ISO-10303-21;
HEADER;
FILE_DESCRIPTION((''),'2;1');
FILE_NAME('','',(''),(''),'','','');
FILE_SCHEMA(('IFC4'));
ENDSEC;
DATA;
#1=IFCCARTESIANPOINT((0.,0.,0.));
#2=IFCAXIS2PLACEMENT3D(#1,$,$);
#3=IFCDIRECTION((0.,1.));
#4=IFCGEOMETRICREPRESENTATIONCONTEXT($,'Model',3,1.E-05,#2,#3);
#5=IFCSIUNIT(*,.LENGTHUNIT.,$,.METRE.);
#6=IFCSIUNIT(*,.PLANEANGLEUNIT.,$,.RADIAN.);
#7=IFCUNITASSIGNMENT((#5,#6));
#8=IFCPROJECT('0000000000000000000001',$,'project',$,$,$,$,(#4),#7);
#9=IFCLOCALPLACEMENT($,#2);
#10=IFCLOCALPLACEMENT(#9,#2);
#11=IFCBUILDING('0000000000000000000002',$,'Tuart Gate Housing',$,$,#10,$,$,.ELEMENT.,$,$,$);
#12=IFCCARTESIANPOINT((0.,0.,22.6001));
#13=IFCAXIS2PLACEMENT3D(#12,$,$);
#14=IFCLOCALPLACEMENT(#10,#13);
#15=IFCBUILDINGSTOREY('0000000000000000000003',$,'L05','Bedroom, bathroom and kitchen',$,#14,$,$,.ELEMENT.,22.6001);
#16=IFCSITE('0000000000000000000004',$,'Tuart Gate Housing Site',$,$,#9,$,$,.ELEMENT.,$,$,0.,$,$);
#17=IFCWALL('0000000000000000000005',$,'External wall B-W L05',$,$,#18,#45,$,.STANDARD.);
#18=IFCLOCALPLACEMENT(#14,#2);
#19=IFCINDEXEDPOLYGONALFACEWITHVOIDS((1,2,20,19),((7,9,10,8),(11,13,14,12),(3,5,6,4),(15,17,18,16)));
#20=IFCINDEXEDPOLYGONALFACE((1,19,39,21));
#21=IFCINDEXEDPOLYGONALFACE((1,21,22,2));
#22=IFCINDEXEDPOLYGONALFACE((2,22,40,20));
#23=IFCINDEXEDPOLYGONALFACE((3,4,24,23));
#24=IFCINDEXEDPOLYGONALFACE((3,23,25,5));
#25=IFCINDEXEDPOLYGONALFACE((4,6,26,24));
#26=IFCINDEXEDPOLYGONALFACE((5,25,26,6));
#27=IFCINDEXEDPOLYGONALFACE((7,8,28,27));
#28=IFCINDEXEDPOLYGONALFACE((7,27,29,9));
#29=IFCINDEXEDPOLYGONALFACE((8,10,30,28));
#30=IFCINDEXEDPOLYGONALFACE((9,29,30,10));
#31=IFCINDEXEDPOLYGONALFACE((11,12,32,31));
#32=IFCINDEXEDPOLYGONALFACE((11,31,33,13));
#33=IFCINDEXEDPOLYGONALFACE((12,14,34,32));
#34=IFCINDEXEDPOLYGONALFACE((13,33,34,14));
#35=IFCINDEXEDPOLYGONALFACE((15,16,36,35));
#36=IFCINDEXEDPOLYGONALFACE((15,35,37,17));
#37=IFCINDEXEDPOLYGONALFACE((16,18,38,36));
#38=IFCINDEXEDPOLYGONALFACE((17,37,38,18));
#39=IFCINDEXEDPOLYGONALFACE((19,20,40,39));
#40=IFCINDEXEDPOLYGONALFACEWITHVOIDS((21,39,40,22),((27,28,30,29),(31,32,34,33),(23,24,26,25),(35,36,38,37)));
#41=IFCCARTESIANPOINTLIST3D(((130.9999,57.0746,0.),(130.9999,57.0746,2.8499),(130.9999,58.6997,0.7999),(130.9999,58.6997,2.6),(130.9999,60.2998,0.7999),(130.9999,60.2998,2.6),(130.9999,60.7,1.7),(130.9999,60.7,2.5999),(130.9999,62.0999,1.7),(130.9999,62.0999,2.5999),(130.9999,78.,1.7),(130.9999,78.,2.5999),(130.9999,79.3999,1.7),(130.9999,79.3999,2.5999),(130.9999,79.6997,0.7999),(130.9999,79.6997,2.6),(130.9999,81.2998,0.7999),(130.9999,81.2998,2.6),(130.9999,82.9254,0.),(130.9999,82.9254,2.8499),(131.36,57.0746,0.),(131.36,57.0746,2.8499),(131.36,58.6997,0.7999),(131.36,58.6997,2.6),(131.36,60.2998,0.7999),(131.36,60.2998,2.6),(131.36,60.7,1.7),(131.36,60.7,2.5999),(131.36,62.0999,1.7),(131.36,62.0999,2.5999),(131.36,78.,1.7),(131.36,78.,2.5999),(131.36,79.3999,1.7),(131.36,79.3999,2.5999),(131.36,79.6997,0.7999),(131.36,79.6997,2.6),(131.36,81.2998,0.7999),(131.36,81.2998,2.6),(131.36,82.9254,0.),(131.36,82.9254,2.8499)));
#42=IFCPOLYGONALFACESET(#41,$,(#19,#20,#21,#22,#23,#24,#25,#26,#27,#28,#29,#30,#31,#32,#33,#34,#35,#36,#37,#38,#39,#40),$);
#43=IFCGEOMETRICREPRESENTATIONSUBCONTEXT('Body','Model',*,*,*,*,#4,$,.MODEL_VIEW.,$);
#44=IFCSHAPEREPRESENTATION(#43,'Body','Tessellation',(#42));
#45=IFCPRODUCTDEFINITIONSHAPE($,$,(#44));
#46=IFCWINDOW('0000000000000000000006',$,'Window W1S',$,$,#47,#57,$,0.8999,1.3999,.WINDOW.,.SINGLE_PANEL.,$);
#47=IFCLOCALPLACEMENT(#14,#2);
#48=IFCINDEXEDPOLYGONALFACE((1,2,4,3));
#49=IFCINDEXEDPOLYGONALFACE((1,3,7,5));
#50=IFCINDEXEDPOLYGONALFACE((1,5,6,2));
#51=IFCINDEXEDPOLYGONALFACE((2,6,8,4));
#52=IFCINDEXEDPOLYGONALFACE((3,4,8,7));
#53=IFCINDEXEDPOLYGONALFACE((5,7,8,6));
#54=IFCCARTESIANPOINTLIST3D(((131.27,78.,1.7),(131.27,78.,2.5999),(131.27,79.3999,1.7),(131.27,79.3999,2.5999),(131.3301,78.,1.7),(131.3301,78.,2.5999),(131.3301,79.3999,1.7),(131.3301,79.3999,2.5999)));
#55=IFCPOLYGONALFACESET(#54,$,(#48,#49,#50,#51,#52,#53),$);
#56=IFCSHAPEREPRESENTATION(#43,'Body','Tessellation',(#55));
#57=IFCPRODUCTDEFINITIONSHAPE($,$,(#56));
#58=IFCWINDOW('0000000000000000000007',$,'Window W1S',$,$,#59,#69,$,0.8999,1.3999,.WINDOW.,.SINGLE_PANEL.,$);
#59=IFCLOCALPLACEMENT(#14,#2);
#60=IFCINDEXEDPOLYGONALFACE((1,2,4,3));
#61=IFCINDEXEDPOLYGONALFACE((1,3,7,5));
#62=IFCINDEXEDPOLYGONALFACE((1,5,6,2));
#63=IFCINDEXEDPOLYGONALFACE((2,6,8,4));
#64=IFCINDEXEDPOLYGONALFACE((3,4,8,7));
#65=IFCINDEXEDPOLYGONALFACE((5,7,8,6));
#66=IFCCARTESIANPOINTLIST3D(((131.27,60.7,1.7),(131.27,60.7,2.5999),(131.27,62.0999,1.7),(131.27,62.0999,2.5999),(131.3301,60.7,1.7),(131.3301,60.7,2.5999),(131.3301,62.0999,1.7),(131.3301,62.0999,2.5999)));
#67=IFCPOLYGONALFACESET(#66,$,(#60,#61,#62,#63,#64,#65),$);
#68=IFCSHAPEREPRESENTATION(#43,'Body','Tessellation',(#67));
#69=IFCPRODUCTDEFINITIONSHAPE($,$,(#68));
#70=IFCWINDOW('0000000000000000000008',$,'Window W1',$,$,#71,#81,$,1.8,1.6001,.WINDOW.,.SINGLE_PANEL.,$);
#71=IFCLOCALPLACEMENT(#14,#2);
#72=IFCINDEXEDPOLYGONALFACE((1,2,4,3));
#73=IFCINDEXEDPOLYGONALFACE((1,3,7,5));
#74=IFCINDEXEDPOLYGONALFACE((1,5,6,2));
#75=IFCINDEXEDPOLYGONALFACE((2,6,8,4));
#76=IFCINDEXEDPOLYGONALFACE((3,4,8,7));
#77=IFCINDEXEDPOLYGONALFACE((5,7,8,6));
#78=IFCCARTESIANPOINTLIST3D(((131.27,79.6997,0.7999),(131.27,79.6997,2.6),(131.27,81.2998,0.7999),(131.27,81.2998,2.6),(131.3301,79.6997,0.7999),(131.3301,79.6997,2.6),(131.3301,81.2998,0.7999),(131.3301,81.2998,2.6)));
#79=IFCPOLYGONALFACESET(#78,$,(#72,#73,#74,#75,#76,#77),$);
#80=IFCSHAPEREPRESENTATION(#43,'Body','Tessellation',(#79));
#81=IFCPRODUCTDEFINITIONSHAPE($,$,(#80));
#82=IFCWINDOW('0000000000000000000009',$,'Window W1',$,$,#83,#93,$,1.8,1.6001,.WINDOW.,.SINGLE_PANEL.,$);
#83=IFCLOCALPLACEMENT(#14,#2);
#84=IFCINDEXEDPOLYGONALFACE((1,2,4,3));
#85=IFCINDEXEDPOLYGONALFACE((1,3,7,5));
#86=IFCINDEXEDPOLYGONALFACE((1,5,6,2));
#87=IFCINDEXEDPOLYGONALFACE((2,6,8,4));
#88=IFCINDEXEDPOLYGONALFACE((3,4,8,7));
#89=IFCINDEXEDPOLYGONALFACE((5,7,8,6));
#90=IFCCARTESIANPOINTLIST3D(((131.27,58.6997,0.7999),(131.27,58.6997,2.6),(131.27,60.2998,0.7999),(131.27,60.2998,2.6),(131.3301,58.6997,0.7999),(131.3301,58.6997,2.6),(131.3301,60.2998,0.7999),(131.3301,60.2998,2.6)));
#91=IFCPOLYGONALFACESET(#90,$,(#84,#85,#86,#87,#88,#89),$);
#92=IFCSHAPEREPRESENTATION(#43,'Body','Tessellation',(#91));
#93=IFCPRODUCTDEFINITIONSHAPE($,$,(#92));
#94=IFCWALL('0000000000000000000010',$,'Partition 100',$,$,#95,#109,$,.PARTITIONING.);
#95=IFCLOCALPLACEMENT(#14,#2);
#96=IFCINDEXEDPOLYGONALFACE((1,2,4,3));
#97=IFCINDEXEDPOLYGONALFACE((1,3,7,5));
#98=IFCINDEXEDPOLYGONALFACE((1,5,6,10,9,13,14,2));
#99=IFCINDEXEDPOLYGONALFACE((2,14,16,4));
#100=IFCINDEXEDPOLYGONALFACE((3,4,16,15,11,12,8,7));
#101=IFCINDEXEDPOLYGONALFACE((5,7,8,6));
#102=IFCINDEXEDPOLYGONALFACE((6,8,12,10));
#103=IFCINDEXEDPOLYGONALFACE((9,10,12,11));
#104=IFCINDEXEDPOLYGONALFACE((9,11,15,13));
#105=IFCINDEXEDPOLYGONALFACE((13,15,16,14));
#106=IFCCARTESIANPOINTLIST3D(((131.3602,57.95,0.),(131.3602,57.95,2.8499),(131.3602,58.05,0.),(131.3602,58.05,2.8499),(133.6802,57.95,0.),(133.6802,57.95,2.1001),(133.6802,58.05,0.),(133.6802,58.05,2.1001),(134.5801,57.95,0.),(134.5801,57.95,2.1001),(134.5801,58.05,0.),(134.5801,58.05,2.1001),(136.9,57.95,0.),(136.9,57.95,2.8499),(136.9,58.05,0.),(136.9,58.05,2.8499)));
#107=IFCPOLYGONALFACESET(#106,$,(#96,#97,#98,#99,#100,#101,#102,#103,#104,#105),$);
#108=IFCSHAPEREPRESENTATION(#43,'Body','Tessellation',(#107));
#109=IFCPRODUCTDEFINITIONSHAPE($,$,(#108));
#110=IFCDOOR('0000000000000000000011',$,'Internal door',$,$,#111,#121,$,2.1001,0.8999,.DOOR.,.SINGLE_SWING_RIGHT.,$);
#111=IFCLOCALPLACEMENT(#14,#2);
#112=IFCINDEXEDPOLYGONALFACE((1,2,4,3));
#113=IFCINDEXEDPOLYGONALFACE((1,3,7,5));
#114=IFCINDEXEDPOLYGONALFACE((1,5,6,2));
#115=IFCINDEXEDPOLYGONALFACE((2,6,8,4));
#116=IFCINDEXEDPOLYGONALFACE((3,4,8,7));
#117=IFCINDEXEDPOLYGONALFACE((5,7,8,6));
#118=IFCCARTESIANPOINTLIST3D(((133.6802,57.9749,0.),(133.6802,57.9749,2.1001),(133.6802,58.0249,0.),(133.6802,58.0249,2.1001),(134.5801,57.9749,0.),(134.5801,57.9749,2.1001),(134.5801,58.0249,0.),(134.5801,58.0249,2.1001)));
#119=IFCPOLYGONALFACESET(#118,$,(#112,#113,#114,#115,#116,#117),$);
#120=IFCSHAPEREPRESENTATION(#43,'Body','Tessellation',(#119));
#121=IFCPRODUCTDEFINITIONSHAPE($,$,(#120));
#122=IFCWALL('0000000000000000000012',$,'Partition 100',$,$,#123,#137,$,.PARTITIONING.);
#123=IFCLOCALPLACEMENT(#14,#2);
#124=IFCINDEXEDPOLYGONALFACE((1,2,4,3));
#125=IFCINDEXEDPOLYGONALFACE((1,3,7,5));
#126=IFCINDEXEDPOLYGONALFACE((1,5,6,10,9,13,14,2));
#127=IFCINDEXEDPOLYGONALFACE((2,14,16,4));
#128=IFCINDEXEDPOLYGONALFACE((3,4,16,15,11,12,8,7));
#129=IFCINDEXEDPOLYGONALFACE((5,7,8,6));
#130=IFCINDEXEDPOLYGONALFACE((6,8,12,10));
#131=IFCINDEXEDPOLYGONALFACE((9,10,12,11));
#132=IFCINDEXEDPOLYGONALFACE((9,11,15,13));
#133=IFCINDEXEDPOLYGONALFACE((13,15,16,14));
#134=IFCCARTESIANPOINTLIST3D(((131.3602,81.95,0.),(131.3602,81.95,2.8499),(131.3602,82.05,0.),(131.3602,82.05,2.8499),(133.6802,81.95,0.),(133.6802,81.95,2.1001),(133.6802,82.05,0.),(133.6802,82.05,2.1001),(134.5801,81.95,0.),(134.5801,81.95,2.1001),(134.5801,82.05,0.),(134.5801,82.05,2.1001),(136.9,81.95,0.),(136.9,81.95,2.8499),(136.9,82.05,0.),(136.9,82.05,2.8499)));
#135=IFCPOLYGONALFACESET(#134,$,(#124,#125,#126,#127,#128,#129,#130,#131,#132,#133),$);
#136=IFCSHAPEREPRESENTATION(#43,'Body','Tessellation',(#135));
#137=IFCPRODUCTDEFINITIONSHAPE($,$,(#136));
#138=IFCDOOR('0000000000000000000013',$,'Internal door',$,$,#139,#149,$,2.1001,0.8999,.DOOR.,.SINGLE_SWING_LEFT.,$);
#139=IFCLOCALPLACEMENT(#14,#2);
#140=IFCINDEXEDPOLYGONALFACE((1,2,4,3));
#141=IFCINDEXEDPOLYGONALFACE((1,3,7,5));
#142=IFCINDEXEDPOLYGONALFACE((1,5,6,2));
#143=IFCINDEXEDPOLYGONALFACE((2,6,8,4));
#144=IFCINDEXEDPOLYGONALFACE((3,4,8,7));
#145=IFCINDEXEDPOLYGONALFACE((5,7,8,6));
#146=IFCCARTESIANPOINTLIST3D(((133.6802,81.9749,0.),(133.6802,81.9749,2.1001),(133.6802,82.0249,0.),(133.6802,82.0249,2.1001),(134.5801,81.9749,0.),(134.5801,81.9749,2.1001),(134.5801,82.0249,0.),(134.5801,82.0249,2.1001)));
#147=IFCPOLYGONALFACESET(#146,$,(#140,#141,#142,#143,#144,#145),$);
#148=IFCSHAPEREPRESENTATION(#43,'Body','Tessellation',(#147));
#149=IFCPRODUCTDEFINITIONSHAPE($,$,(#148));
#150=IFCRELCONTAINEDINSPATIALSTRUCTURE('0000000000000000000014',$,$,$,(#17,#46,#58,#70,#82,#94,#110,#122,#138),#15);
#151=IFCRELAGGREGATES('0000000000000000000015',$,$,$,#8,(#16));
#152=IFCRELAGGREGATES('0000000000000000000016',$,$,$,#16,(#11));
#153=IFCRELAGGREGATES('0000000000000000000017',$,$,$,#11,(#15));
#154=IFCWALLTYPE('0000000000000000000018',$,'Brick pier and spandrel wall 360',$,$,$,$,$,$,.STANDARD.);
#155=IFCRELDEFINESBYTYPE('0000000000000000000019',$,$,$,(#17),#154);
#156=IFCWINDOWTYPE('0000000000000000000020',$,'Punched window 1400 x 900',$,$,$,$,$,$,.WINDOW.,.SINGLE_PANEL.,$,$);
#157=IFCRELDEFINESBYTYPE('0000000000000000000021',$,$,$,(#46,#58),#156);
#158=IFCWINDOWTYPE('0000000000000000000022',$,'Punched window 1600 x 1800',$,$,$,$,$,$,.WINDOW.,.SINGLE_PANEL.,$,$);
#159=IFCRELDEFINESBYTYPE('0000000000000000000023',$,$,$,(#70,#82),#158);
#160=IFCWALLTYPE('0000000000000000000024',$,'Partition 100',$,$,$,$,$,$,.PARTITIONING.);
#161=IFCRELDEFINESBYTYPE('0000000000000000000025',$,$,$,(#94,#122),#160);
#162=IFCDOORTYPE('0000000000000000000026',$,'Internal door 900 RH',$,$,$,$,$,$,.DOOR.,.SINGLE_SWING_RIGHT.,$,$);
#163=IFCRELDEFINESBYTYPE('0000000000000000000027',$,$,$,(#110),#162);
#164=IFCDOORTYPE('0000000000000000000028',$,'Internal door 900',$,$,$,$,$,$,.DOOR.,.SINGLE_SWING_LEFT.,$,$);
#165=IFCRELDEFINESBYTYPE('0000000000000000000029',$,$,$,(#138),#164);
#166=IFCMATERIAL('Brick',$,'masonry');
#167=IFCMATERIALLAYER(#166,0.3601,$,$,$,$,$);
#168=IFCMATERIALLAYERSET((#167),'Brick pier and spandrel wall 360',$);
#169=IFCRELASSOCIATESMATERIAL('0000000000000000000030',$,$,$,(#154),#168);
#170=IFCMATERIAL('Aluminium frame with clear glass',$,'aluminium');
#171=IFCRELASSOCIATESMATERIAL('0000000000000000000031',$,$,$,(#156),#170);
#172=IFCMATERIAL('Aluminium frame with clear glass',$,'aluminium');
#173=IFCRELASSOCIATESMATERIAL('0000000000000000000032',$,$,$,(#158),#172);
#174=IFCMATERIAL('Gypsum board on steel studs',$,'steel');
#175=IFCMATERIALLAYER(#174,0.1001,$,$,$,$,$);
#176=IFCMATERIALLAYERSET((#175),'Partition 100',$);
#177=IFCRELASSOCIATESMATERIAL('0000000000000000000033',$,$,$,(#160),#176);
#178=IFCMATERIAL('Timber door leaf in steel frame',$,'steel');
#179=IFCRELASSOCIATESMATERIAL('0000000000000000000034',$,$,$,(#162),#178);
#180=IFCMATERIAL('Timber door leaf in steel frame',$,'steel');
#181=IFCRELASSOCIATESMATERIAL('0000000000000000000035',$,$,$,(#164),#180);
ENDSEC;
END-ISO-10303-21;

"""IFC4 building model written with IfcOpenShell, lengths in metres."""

from ifc_helpers import new_model, si_unit, direction, frame, frame_2d, origin, place, context, subcontext, project, spatial, rectangle, extrude, material, layer, layer_set, type_object, element, fill, save


model = new_model("IFC4")

# Units and contexts
model_context = context("Model", 3, precision=1e-05, world=origin(), true_north=direction((0.0, 1.0)))
body_context = subcontext(model_context, "Body", "Model", "MODEL_VIEW")
ifc_project = project(units=[si_unit("LENGTHUNIT", "METRE"), si_unit("PLANEANGLEUNIT", "RADIAN")], contexts=[model_context])

# Site, building, storey
site_placement = place(None, origin())
site = spatial("IfcSite", under=ifc_project, at=site_placement, Name="Tuart Gate Housing Site", CompositionType="ELEMENT", RefElevation=0.0)
building_placement = place(site_placement, origin())
building = spatial("IfcBuilding", under=site, at=building_placement, Name="Tuart Gate Housing", CompositionType="ELEMENT")
storey_placement = place(building_placement, frame((0.0, 0.0, 22.6001)))
storey = spatial("IfcBuildingStorey", under=building, at=storey_placement, Name="L05", Description="Bedroom, bathroom and kitchen", CompositionType="ELEMENT", Elevation=22.6001)

# Shared definitions
ifc_material_1 = material(Name="Brick", Category="masonry")
ifc_layer_1 = layer(ifc_material_1, 0.3601)
ifc_layer_set_1 = layer_set([ifc_layer_1], Name="Brick pier and spandrel wall 360")
wall_type_1 = type_object("IfcWallType", Name="Brick pier and spandrel wall 360", PredefinedType="STANDARD", material=ifc_layer_set_1)
ifc_material_2 = material(Name="Aluminium frame with clear glass", Category="aluminium")
window_type_1 = type_object("IfcWindowType", Name="Punched window 1400 x 900", PartitioningType="SINGLE_PANEL", PredefinedType="WINDOW", material=ifc_material_2)
ifc_material_3 = material(Name="Aluminium frame with clear glass", Category="aluminium")
window_type_2 = type_object("IfcWindowType", Name="Punched window 1600 x 1800", PartitioningType="SINGLE_PANEL", PredefinedType="WINDOW", material=ifc_material_3)

# Wall, openings, windows
wall_1_placement = place(storey_placement, frame((131.1799, 82.9253, 0.0), z_axis=(0.0, 0.0, 1.0), x_axis=(0.0, -1.0, 0.0)))
wall_1 = element("IfcWall", 1, at=wall_1_placement, inside=storey, type_object=wall_type_1, Name="External wall B-W L05", PredefinedType="STANDARD", context=body_context, shape_type="SweptSolid", body=[
    extrude(rectangle(XDim=25.8508, YDim=0.3601, at=frame_2d((12.9253, 0.0))), origin(), (0.0, 0.0, 1.0), 2.8499),
])
opening_1_placement = place(wall_1_placement, frame((1.6255, 0.0, 0.8)))
opening_1 = element("IfcOpeningElement", 2, at=opening_1_placement, cuts=wall_1, PredefinedType="OPENING", context=body_context, shape_type="SweptSolid", body=[
    extrude(rectangle(XDim=1.6001, YDim=1.8, at=frame_2d((0.8, 0.8999))), frame((0.0, 0.1899, 0.0), z_axis=(0.0, -1.0, 0.0), x_axis=(1.0, 0.0, 0.0)), (0.0, 0.0, 1.0), 0.3801),
])
opening_2_placement = place(wall_1_placement, frame((3.5254, 0.0, 1.7)))
opening_2 = element("IfcOpeningElement", 3, at=opening_2_placement, cuts=wall_1, PredefinedType="OPENING", context=body_context, shape_type="SweptSolid", body=[
    extrude(rectangle(XDim=1.3999, YDim=0.8999, at=frame_2d((0.7, 0.45))), frame((0.0, 0.1899, 0.0), z_axis=(0.0, -1.0, 0.0), x_axis=(1.0, 0.0, 0.0)), (0.0, 0.0, 1.0), 0.3801),
])
opening_3_placement = place(wall_1_placement, frame((20.8254, 0.0, 1.7)))
opening_3 = element("IfcOpeningElement", 4, at=opening_3_placement, cuts=wall_1, PredefinedType="OPENING", context=body_context, shape_type="SweptSolid", body=[
    extrude(rectangle(XDim=1.3999, YDim=0.8999, at=frame_2d((0.7, 0.45))), frame((0.0, 0.1899, 0.0), z_axis=(0.0, -1.0, 0.0), x_axis=(1.0, 0.0, 0.0)), (0.0, 0.0, 1.0), 0.3801),
])
opening_4_placement = place(wall_1_placement, frame((22.6255, 0.0, 0.8)))
opening_4 = element("IfcOpeningElement", 5, at=opening_4_placement, cuts=wall_1, PredefinedType="OPENING", context=body_context, shape_type="SweptSolid", body=[
    extrude(rectangle(XDim=1.6001, YDim=1.8, at=frame_2d((0.8, 0.8999))), frame((0.0, 0.1899, 0.0), z_axis=(0.0, -1.0, 0.0), x_axis=(1.0, 0.0, 0.0)), (0.0, 0.0, 1.0), 0.3801),
])
window_1_placement = place(opening_2_placement, origin())
window_1 = element("IfcWindow", 6, at=window_1_placement, inside=storey, type_object=window_type_1, Name="Window W1S", OverallHeight=0.8999, OverallWidth=1.3999, PartitioningType="SINGLE_PANEL", PredefinedType="WINDOW", context=body_context, shape_type="SweptSolid", body=[
    extrude(rectangle(XDim=1.3999, YDim=0.8999, at=frame_2d((0.7, 0.45))), frame((0.0, 0.1501, 0.0), z_axis=(0.0, -1.0, 0.0), x_axis=(1.0, 0.0, 0.0)), (0.0, 0.0, 1.0), 0.0601),
])
fill(opening_2, window_1)
window_2_placement = place(opening_3_placement, origin())
window_2 = element("IfcWindow", 7, at=window_2_placement, inside=storey, type_object=window_type_1, Name="Window W1S", OverallHeight=0.8999, OverallWidth=1.3999, PartitioningType="SINGLE_PANEL", PredefinedType="WINDOW", context=body_context, shape_type="SweptSolid", body=[
    extrude(rectangle(XDim=1.3999, YDim=0.8999, at=frame_2d((0.7, 0.45))), frame((0.0, 0.1501, 0.0), z_axis=(0.0, -1.0, 0.0), x_axis=(1.0, 0.0, 0.0)), (0.0, 0.0, 1.0), 0.0601),
])
fill(opening_3, window_2)
window_3_placement = place(opening_1_placement, origin())
window_3 = element("IfcWindow", 8, at=window_3_placement, inside=storey, type_object=window_type_2, Name="Window W1", OverallHeight=1.8, OverallWidth=1.6001, PartitioningType="SINGLE_PANEL", PredefinedType="WINDOW", context=body_context, shape_type="SweptSolid", body=[
    extrude(rectangle(XDim=1.6001, YDim=1.8, at=frame_2d((0.8, 0.8999))), frame((0.0, 0.1501, 0.0), z_axis=(0.0, -1.0, 0.0), x_axis=(1.0, 0.0, 0.0)), (0.0, 0.0, 1.0), 0.0601),
])
fill(opening_1, window_3)
window_4_placement = place(opening_4_placement, origin())
window_4 = element("IfcWindow", 9, at=window_4_placement, inside=storey, type_object=window_type_2, Name="Window W1", OverallHeight=1.8, OverallWidth=1.6001, PartitioningType="SINGLE_PANEL", PredefinedType="WINDOW", context=body_context, shape_type="SweptSolid", body=[
    extrude(rectangle(XDim=1.6001, YDim=1.8, at=frame_2d((0.8, 0.8999))), frame((0.0, 0.1501, 0.0), z_axis=(0.0, -1.0, 0.0), x_axis=(1.0, 0.0, 0.0)), (0.0, 0.0, 1.0), 0.0601),
])
fill(opening_4, window_4)

# Walls, openings, doors
ifc_material_4 = material(Name="Gypsum board on steel studs", Category="steel")
ifc_layer_2 = layer(ifc_material_4, 0.1001)
ifc_layer_set_2 = layer_set([ifc_layer_2], Name="Partition 100")
wall_type_2 = type_object("IfcWallType", Name="Partition 100", PredefinedType="PARTITIONING", material=ifc_layer_set_2)
wall_2_placement = place(storey_placement, frame((131.3601, 58.0, 0.0), z_axis=(0.0, 0.0, 1.0), x_axis=(1.0, 0.0, 0.0)))
wall_2 = element("IfcWall", 10, at=wall_2_placement, inside=storey, type_object=wall_type_2, Name="Partition 100", PredefinedType="PARTITIONING", context=body_context, shape_type="SweptSolid", body=[
    extrude(rectangle(XDim=5.5398, YDim=0.1001, at=frame_2d((2.77, 0.0))), origin(), (0.0, 0.0, 1.0), 2.8499),
])
opening_5_placement = place(wall_2_placement, frame((2.3201, 0.0, 0.0)))
opening_5 = element("IfcOpeningElement", 11, at=opening_5_placement, cuts=wall_2, PredefinedType="OPENING", context=body_context, shape_type="SweptSolid", body=[
    extrude(rectangle(XDim=0.8999, YDim=2.1001, at=frame_2d((0.45, 1.05))), frame((0.0, 0.0601, 0.0), z_axis=(0.0, -1.0, 0.0), x_axis=(1.0, 0.0, 0.0)), (0.0, 0.0, 1.0), 0.1201),
])
ifc_material_5 = material(Name="Timber door leaf in steel frame", Category="steel")
door_type_1 = type_object("IfcDoorType", Name="Internal door 900 RH", OperationType="SINGLE_SWING_RIGHT", PredefinedType="DOOR", material=ifc_material_5)
door_1_placement = place(opening_5_placement, frame((0.8999, 0.0, 0.0), z_axis=(0.0, 0.0, 1.0), x_axis=(-1.0, 0.0, 0.0)))
door_1 = element("IfcDoor", 12, at=door_1_placement, inside=storey, type_object=door_type_1, Name="Internal door", OperationType="SINGLE_SWING_RIGHT", OverallHeight=2.1001, OverallWidth=0.8999, PredefinedType="DOOR", context=body_context, shape_type="SweptSolid", body=[
    extrude(rectangle(XDim=0.8999, YDim=2.1001, at=frame_2d((0.45, 1.05))), frame((0.0, 0.0251, 0.0), z_axis=(0.0, -1.0, 0.0), x_axis=(1.0, 0.0, 0.0)), (0.0, 0.0, 1.0), 0.05),
])
fill(opening_5, door_1)
wall_3_placement = place(storey_placement, frame((131.3601, 82.0, 0.0), z_axis=(0.0, 0.0, 1.0), x_axis=(1.0, 0.0, 0.0)))
wall_3 = element("IfcWall", 13, at=wall_3_placement, inside=storey, type_object=wall_type_2, Name="Partition 100", PredefinedType="PARTITIONING", context=body_context, shape_type="SweptSolid", body=[
    extrude(rectangle(XDim=5.5398, YDim=0.1001, at=frame_2d((2.77, 0.0))), origin(), (0.0, 0.0, 1.0), 2.8499),
])
opening_6_placement = place(wall_3_placement, frame((2.3201, 0.0, 0.0)))
opening_6 = element("IfcOpeningElement", 14, at=opening_6_placement, cuts=wall_3, PredefinedType="OPENING", context=body_context, shape_type="SweptSolid", body=[
    extrude(rectangle(XDim=0.8999, YDim=2.1001, at=frame_2d((0.45, 1.05))), frame((0.0, 0.0601, 0.0), z_axis=(0.0, -1.0, 0.0), x_axis=(1.0, 0.0, 0.0)), (0.0, 0.0, 1.0), 0.1201),
])
ifc_material_6 = material(Name="Timber door leaf in steel frame", Category="steel")
door_type_2 = type_object("IfcDoorType", Name="Internal door 900", OperationType="SINGLE_SWING_LEFT", PredefinedType="DOOR", material=ifc_material_6)
door_2_placement = place(opening_6_placement, origin())
door_2 = element("IfcDoor", 15, at=door_2_placement, inside=storey, type_object=door_type_2, Name="Internal door", OperationType="SINGLE_SWING_LEFT", OverallHeight=2.1001, OverallWidth=0.8999, PredefinedType="DOOR", context=body_context, shape_type="SweptSolid", body=[
    extrude(rectangle(XDim=0.8999, YDim=2.1001, at=frame_2d((0.45, 1.05))), frame((0.0, 0.0249, 0.0), z_axis=(0.0, -1.0, 0.0), x_axis=(1.0, 0.0, 0.0)), (0.0, 0.0, 1.0), 0.05),
])
fill(opening_6, door_2)

save(model, "model.ifc")
